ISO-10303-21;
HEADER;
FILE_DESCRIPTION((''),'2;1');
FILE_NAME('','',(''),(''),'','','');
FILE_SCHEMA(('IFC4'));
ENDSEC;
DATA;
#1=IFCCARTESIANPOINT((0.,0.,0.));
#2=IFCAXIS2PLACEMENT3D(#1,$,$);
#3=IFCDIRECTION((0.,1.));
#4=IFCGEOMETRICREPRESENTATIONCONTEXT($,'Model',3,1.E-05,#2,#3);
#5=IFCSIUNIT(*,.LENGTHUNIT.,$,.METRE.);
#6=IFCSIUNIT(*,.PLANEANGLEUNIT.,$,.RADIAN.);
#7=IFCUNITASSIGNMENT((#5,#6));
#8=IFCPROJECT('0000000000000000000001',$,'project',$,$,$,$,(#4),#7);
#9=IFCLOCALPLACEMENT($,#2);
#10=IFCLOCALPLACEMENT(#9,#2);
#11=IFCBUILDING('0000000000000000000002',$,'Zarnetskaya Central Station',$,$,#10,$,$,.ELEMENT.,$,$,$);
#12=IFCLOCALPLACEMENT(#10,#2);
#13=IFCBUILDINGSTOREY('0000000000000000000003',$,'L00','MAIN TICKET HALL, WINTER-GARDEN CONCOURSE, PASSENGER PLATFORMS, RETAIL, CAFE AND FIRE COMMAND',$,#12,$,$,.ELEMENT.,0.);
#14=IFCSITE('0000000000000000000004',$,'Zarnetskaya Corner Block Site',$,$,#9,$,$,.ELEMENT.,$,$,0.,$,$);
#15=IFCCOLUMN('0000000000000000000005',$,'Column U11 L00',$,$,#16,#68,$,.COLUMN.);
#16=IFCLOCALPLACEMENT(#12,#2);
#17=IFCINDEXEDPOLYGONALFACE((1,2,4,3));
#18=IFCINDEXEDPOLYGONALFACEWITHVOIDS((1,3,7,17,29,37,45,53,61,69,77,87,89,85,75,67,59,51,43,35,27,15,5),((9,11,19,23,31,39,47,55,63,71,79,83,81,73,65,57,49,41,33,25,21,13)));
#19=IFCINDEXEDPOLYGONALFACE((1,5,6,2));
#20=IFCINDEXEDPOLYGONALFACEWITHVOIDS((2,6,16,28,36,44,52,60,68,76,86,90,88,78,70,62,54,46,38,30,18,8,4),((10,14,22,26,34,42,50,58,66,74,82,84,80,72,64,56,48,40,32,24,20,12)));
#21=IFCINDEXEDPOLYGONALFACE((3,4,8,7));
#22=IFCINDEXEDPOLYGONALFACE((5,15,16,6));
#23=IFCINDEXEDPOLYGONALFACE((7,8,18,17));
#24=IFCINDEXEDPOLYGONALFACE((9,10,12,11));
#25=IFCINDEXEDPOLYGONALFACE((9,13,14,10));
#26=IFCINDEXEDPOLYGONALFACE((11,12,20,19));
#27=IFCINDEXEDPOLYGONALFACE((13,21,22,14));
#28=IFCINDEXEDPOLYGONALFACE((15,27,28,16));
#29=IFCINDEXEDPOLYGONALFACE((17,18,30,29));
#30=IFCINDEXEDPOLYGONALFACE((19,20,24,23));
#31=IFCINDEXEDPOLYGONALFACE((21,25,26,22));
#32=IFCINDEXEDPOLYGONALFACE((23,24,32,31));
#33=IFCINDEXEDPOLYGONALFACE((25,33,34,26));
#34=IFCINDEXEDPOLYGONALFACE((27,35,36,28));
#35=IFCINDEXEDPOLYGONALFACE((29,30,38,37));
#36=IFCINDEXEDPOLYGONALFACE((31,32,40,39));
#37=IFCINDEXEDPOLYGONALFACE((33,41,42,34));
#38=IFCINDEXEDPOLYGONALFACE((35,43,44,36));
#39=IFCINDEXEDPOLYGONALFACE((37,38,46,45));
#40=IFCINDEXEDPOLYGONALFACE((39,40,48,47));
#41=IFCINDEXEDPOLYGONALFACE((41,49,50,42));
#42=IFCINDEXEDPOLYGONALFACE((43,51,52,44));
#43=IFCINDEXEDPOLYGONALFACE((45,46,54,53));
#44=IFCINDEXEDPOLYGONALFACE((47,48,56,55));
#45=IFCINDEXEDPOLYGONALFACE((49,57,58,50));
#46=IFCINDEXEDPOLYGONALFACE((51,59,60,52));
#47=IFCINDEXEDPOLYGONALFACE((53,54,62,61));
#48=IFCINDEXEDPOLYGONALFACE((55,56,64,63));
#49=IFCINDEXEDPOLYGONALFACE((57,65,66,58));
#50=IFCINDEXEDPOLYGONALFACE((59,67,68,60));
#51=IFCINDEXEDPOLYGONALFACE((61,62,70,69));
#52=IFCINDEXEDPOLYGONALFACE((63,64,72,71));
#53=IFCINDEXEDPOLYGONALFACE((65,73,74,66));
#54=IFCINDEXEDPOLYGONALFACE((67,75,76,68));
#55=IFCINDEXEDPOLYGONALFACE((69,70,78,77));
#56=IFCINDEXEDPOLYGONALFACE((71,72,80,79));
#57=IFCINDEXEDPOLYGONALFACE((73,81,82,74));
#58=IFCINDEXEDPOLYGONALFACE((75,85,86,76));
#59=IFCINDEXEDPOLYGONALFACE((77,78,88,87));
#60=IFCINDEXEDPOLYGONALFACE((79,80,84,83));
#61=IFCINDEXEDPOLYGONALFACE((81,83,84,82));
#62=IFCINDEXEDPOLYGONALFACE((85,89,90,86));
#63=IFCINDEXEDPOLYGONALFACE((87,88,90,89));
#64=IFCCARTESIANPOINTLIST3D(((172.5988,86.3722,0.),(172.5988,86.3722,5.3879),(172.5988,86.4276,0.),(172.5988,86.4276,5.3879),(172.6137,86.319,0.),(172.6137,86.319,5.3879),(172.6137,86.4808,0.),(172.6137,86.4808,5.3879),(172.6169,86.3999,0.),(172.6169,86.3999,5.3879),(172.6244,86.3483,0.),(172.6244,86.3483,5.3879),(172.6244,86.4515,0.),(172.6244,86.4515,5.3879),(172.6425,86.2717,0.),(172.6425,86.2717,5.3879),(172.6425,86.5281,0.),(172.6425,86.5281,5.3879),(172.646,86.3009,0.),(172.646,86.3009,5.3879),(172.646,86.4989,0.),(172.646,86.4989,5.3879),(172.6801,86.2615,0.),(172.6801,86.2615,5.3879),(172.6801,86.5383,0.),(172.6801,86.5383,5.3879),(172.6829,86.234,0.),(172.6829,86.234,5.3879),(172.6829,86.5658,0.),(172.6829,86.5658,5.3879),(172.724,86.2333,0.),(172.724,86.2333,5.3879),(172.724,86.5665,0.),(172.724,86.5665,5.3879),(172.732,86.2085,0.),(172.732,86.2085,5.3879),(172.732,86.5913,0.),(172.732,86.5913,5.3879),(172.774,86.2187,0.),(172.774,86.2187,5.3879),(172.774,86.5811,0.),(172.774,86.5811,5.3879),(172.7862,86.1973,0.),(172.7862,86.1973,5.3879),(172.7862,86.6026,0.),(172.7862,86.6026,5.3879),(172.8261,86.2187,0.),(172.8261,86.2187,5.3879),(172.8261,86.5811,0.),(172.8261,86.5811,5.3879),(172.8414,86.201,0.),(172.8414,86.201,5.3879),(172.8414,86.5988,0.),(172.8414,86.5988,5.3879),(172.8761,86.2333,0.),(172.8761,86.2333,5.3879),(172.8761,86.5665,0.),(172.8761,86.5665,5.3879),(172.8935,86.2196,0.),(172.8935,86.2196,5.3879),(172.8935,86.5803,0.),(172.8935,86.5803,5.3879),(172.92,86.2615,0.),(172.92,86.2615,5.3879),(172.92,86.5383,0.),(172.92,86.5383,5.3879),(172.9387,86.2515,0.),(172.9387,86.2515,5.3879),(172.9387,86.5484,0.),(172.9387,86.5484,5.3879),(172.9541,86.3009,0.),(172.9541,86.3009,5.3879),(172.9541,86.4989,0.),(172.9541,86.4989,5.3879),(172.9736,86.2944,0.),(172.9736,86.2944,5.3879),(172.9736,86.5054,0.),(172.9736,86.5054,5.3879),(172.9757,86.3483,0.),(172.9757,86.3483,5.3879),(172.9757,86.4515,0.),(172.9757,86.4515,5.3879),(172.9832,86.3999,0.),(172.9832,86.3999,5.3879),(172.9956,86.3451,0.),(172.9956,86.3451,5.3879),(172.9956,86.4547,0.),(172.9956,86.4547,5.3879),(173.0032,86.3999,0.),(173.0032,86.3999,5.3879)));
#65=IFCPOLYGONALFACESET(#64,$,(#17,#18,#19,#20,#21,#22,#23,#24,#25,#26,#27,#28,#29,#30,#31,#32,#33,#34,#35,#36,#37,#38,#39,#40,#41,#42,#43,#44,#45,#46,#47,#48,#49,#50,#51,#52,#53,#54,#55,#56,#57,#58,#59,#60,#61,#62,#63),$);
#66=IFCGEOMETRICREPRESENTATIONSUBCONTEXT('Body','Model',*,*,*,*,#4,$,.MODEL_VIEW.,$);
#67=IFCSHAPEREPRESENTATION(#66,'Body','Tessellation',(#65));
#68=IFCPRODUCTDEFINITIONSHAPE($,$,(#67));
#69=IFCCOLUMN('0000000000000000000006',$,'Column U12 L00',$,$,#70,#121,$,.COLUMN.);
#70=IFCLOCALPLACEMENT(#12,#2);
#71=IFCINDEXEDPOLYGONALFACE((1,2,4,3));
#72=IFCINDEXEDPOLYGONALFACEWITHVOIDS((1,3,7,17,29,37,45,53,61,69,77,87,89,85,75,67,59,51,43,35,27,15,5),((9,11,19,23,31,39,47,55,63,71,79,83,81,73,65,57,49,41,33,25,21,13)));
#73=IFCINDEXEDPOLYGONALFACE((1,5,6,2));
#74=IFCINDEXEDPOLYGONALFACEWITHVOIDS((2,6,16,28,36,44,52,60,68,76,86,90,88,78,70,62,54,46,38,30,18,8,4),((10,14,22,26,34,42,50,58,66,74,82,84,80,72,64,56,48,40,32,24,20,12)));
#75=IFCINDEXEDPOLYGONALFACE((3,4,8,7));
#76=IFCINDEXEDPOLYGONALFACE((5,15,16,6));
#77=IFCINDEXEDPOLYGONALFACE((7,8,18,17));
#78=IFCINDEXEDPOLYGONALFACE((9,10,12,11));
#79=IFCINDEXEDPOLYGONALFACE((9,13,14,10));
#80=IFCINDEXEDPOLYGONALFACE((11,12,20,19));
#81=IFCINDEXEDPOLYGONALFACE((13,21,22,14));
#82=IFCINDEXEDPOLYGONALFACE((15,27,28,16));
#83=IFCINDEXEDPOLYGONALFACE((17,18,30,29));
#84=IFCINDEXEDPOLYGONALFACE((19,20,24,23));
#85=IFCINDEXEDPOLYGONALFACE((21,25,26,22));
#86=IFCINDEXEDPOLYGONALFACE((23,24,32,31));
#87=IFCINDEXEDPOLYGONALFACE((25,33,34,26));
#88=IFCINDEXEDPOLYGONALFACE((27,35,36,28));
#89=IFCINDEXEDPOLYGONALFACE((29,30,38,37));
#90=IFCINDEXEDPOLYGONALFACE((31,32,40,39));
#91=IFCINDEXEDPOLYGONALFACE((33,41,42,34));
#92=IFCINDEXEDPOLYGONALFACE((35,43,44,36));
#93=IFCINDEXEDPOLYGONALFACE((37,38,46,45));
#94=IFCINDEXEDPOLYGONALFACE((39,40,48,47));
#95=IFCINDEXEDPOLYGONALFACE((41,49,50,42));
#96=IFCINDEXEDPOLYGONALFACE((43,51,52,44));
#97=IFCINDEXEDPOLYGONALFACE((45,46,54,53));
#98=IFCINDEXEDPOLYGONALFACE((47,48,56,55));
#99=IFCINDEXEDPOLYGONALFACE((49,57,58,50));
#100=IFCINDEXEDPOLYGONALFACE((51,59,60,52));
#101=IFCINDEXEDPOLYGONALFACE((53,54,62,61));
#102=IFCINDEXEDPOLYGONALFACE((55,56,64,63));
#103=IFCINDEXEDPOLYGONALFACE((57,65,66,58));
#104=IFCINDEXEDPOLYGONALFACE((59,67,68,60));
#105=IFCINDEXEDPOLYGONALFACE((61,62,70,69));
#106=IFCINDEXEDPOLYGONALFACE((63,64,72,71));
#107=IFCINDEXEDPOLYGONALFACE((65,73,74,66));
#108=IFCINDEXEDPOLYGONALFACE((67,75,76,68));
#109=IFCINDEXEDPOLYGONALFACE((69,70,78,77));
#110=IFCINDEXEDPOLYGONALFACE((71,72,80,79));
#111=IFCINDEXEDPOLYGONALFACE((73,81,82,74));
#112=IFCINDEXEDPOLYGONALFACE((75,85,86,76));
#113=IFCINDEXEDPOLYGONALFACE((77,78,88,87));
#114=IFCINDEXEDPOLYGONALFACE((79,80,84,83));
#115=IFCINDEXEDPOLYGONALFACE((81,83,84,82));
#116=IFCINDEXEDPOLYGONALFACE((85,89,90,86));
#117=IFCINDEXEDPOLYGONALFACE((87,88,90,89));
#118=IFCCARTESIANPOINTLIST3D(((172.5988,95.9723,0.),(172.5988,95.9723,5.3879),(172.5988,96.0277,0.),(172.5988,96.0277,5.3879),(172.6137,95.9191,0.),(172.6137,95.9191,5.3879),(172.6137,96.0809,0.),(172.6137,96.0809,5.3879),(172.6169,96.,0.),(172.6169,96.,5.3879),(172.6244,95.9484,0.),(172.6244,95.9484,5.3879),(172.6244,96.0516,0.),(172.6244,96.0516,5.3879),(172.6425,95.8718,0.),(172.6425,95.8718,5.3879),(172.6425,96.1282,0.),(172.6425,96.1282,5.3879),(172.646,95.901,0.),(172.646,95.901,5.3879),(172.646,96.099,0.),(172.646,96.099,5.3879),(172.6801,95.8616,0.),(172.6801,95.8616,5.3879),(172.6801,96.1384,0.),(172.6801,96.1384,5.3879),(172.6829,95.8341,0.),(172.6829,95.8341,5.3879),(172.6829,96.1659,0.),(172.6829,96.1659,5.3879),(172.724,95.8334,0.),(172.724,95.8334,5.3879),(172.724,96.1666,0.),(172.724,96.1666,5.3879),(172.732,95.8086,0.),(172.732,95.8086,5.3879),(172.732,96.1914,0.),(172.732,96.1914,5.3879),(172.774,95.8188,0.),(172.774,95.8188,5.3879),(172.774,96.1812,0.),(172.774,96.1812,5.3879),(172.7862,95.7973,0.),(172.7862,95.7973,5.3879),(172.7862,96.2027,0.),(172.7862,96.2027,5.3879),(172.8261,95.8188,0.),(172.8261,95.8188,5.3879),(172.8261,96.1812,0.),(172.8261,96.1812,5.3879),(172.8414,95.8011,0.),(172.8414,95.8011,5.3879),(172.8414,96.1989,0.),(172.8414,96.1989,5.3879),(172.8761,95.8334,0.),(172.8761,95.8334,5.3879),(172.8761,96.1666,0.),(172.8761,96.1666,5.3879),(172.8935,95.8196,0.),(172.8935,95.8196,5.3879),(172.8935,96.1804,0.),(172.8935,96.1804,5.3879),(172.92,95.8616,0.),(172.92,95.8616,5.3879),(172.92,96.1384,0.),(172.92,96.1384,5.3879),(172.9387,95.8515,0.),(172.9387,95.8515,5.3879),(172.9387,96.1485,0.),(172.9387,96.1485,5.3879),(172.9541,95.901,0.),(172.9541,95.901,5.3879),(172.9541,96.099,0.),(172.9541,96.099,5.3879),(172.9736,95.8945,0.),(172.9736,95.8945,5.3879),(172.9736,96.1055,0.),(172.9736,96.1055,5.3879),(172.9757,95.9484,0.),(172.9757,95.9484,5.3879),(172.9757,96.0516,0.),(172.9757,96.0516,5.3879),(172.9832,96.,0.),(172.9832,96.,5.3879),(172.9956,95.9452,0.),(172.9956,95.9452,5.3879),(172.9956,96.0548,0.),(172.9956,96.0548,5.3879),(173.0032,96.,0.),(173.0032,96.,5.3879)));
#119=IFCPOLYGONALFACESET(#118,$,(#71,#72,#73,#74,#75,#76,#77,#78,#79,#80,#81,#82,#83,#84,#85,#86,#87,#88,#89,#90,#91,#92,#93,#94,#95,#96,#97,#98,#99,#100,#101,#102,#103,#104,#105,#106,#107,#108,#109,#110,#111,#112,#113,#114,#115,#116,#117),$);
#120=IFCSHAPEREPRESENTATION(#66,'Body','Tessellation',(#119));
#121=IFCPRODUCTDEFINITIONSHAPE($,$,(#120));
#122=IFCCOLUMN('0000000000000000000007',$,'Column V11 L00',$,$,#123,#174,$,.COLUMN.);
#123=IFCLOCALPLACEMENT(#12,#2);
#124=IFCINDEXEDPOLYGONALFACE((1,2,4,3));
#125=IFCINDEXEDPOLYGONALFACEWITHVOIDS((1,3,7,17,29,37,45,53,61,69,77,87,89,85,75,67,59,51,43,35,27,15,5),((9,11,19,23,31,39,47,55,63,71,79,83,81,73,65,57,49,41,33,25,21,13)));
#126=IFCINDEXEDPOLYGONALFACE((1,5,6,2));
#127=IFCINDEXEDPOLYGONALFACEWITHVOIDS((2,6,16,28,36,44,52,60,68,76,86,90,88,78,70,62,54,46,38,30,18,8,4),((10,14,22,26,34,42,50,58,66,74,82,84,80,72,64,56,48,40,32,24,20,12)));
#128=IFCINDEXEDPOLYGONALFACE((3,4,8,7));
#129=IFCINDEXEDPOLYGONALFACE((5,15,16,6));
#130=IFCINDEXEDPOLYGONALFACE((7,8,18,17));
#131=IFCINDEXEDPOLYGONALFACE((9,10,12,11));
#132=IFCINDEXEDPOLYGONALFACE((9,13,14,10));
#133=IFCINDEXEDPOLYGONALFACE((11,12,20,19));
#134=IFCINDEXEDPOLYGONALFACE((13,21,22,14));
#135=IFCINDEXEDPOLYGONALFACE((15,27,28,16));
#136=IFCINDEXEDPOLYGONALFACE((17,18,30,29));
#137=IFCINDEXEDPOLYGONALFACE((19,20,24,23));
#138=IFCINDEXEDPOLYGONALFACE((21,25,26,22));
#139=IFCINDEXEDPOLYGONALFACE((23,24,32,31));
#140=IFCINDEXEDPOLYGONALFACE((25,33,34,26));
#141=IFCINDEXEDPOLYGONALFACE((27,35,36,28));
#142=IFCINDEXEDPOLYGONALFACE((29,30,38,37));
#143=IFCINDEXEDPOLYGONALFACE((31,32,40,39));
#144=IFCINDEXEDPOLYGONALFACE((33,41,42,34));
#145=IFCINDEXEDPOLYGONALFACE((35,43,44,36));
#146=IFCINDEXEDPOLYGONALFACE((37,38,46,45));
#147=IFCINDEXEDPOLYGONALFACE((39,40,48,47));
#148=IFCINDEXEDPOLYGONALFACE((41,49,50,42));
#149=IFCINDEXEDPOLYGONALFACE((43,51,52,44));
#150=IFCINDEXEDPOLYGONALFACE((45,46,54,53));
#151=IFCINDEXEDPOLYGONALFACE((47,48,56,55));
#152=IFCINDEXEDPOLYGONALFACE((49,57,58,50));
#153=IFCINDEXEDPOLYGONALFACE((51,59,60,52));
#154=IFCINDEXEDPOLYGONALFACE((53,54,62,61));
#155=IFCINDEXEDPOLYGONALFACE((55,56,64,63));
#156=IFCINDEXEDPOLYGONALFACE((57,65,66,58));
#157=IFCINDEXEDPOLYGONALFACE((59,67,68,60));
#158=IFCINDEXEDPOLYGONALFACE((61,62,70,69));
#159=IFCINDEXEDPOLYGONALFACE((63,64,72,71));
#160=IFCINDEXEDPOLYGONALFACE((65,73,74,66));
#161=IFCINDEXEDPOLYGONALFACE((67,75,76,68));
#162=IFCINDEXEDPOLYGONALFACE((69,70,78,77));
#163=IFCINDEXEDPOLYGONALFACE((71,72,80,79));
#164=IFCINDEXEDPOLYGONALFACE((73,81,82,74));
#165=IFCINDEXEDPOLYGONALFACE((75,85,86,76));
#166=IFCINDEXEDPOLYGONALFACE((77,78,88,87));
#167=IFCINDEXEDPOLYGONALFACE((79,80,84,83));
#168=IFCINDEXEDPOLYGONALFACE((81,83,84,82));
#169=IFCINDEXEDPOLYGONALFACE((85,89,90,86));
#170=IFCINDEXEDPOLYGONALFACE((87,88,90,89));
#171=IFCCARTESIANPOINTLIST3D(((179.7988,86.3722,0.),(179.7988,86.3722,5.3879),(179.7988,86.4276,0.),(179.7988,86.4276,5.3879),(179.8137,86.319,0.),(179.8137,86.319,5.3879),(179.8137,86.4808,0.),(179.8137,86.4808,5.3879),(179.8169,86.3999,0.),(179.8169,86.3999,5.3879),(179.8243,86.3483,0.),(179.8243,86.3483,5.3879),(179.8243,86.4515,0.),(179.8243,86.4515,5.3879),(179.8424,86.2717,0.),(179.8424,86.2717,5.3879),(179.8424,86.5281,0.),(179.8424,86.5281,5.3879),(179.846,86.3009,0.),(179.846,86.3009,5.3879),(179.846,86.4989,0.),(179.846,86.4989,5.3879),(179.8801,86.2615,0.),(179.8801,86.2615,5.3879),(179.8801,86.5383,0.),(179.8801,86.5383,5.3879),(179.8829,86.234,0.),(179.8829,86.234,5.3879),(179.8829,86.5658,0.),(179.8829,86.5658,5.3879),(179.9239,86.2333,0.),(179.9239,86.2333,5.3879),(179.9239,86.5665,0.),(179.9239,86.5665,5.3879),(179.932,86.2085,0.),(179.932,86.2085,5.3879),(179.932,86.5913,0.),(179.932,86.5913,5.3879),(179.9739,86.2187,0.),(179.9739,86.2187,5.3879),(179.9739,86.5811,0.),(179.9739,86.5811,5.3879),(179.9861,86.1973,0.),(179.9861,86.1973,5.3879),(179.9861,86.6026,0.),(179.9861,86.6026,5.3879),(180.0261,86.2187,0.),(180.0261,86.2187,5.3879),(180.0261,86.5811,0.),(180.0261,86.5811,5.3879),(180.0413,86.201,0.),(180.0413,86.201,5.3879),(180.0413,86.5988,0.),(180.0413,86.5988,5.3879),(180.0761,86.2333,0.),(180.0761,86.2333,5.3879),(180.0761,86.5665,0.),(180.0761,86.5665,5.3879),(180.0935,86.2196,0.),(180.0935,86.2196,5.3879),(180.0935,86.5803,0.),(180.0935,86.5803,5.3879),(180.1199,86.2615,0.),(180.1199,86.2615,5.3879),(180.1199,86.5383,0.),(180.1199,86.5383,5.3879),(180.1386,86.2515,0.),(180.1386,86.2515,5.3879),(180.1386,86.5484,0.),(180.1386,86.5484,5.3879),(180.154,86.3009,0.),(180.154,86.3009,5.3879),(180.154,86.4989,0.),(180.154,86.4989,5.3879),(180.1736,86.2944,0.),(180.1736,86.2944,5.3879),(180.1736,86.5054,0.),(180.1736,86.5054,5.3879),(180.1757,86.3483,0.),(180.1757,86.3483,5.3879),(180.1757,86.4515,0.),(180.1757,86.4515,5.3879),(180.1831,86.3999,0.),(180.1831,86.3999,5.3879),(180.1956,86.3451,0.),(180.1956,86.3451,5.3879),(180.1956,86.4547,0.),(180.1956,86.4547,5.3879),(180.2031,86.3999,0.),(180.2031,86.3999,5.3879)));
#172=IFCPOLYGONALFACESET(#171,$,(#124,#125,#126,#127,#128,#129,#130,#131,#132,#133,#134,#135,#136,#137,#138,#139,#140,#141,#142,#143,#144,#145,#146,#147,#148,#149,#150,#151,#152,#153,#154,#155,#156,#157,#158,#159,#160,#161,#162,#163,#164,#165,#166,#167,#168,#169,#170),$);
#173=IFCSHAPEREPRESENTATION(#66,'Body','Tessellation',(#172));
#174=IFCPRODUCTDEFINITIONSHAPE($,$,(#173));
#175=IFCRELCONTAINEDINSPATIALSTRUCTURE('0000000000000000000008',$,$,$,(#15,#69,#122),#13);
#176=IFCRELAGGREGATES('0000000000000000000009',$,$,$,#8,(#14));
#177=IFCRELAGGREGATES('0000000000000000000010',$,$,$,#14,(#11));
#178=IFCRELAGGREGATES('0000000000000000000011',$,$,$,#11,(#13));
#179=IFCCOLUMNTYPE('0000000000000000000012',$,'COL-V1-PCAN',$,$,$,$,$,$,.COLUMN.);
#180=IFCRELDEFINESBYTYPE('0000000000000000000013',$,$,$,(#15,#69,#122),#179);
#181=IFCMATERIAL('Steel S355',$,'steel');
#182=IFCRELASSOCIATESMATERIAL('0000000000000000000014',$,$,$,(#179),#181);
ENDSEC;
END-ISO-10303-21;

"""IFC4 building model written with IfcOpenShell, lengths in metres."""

from ifc_helpers import new_model, si_unit, direction, frame, origin, origin_2d, place, context, subcontext, project, spatial, hollow_circle, extrude, material, material_profile, profile_set, type_object, element, save


model = new_model("IFC4")

# Units and contexts
model_context = context("Model", 3, precision=1e-05, world=origin(), true_north=direction((0.0, 1.0)))
body_context = subcontext(model_context, "Body", "Model", "MODEL_VIEW")
ifc_project = project(units=[si_unit("LENGTHUNIT", "METRE"), si_unit("PLANEANGLEUNIT", "RADIAN")], contexts=[model_context])

# Site, building, storey
site_placement = place(None, origin())
site = spatial("IfcSite", under=ifc_project, at=site_placement, Name="Zarnetskaya Corner Block Site", CompositionType="ELEMENT", RefElevation=0.0)
building_placement = place(site_placement, origin())
building = spatial("IfcBuilding", under=site, at=building_placement, Name="Zarnetskaya Central Station", CompositionType="ELEMENT")
storey_placement = place(building_placement, origin())
storey = spatial("IfcBuildingStorey", under=building, at=storey_placement, Name="L00", Description="MAIN TICKET HALL, WINTER-GARDEN CONCOURSE, PASSENGER PLATFORMS, RETAIL, CAFE AND FIRE COMMAND", CompositionType="ELEMENT", Elevation=0.0)

# Columns
ifc_material = material(Name="Steel S355", Category="steel")
ifc_material_profile_1 = material_profile(ifc_material, hollow_circle(Radius=0.2031, WallThickness=0.02, at=origin_2d()), Name="CHS 406.4x20")
ifc_profile_set_1 = profile_set([ifc_material_profile_1], Name="Steel S355")
column_type = type_object("IfcColumnType", Name="COL-V1-PCAN", PredefinedType="COLUMN", material=ifc_profile_set_1)
for number, where, z_axis, x_axis, name in (
    (1, (172.8, 86.3999, 0.0), (0.0, 0.0, 1.0), (1.0, 0.0, 0.0), "Column U11 L00"),
    (2, (172.8, 96.0, 0.0), (0.0, 0.0, 1.0), (1.0, 0.0, 0.0), "Column U12 L00"),
    (3, (180.0, 86.3999, 0.0), (0.0, 0.0, 1.0), (1.0, 0.0, 0.0), "Column V11 L00"),
):
    element("IfcColumn", number, at=place(storey_placement, frame(where, z_axis=z_axis, x_axis=x_axis)), inside=storey, type_object=column_type, Name=name, PredefinedType="COLUMN", context=body_context, shape_type="SweptSolid", body=[
        extrude(hollow_circle(Radius=0.2031, WallThickness=0.02, at=origin_2d()), origin(), (0.0, 0.0, 1.0), 5.3879),
    ])

save(model, "model.ifc")
